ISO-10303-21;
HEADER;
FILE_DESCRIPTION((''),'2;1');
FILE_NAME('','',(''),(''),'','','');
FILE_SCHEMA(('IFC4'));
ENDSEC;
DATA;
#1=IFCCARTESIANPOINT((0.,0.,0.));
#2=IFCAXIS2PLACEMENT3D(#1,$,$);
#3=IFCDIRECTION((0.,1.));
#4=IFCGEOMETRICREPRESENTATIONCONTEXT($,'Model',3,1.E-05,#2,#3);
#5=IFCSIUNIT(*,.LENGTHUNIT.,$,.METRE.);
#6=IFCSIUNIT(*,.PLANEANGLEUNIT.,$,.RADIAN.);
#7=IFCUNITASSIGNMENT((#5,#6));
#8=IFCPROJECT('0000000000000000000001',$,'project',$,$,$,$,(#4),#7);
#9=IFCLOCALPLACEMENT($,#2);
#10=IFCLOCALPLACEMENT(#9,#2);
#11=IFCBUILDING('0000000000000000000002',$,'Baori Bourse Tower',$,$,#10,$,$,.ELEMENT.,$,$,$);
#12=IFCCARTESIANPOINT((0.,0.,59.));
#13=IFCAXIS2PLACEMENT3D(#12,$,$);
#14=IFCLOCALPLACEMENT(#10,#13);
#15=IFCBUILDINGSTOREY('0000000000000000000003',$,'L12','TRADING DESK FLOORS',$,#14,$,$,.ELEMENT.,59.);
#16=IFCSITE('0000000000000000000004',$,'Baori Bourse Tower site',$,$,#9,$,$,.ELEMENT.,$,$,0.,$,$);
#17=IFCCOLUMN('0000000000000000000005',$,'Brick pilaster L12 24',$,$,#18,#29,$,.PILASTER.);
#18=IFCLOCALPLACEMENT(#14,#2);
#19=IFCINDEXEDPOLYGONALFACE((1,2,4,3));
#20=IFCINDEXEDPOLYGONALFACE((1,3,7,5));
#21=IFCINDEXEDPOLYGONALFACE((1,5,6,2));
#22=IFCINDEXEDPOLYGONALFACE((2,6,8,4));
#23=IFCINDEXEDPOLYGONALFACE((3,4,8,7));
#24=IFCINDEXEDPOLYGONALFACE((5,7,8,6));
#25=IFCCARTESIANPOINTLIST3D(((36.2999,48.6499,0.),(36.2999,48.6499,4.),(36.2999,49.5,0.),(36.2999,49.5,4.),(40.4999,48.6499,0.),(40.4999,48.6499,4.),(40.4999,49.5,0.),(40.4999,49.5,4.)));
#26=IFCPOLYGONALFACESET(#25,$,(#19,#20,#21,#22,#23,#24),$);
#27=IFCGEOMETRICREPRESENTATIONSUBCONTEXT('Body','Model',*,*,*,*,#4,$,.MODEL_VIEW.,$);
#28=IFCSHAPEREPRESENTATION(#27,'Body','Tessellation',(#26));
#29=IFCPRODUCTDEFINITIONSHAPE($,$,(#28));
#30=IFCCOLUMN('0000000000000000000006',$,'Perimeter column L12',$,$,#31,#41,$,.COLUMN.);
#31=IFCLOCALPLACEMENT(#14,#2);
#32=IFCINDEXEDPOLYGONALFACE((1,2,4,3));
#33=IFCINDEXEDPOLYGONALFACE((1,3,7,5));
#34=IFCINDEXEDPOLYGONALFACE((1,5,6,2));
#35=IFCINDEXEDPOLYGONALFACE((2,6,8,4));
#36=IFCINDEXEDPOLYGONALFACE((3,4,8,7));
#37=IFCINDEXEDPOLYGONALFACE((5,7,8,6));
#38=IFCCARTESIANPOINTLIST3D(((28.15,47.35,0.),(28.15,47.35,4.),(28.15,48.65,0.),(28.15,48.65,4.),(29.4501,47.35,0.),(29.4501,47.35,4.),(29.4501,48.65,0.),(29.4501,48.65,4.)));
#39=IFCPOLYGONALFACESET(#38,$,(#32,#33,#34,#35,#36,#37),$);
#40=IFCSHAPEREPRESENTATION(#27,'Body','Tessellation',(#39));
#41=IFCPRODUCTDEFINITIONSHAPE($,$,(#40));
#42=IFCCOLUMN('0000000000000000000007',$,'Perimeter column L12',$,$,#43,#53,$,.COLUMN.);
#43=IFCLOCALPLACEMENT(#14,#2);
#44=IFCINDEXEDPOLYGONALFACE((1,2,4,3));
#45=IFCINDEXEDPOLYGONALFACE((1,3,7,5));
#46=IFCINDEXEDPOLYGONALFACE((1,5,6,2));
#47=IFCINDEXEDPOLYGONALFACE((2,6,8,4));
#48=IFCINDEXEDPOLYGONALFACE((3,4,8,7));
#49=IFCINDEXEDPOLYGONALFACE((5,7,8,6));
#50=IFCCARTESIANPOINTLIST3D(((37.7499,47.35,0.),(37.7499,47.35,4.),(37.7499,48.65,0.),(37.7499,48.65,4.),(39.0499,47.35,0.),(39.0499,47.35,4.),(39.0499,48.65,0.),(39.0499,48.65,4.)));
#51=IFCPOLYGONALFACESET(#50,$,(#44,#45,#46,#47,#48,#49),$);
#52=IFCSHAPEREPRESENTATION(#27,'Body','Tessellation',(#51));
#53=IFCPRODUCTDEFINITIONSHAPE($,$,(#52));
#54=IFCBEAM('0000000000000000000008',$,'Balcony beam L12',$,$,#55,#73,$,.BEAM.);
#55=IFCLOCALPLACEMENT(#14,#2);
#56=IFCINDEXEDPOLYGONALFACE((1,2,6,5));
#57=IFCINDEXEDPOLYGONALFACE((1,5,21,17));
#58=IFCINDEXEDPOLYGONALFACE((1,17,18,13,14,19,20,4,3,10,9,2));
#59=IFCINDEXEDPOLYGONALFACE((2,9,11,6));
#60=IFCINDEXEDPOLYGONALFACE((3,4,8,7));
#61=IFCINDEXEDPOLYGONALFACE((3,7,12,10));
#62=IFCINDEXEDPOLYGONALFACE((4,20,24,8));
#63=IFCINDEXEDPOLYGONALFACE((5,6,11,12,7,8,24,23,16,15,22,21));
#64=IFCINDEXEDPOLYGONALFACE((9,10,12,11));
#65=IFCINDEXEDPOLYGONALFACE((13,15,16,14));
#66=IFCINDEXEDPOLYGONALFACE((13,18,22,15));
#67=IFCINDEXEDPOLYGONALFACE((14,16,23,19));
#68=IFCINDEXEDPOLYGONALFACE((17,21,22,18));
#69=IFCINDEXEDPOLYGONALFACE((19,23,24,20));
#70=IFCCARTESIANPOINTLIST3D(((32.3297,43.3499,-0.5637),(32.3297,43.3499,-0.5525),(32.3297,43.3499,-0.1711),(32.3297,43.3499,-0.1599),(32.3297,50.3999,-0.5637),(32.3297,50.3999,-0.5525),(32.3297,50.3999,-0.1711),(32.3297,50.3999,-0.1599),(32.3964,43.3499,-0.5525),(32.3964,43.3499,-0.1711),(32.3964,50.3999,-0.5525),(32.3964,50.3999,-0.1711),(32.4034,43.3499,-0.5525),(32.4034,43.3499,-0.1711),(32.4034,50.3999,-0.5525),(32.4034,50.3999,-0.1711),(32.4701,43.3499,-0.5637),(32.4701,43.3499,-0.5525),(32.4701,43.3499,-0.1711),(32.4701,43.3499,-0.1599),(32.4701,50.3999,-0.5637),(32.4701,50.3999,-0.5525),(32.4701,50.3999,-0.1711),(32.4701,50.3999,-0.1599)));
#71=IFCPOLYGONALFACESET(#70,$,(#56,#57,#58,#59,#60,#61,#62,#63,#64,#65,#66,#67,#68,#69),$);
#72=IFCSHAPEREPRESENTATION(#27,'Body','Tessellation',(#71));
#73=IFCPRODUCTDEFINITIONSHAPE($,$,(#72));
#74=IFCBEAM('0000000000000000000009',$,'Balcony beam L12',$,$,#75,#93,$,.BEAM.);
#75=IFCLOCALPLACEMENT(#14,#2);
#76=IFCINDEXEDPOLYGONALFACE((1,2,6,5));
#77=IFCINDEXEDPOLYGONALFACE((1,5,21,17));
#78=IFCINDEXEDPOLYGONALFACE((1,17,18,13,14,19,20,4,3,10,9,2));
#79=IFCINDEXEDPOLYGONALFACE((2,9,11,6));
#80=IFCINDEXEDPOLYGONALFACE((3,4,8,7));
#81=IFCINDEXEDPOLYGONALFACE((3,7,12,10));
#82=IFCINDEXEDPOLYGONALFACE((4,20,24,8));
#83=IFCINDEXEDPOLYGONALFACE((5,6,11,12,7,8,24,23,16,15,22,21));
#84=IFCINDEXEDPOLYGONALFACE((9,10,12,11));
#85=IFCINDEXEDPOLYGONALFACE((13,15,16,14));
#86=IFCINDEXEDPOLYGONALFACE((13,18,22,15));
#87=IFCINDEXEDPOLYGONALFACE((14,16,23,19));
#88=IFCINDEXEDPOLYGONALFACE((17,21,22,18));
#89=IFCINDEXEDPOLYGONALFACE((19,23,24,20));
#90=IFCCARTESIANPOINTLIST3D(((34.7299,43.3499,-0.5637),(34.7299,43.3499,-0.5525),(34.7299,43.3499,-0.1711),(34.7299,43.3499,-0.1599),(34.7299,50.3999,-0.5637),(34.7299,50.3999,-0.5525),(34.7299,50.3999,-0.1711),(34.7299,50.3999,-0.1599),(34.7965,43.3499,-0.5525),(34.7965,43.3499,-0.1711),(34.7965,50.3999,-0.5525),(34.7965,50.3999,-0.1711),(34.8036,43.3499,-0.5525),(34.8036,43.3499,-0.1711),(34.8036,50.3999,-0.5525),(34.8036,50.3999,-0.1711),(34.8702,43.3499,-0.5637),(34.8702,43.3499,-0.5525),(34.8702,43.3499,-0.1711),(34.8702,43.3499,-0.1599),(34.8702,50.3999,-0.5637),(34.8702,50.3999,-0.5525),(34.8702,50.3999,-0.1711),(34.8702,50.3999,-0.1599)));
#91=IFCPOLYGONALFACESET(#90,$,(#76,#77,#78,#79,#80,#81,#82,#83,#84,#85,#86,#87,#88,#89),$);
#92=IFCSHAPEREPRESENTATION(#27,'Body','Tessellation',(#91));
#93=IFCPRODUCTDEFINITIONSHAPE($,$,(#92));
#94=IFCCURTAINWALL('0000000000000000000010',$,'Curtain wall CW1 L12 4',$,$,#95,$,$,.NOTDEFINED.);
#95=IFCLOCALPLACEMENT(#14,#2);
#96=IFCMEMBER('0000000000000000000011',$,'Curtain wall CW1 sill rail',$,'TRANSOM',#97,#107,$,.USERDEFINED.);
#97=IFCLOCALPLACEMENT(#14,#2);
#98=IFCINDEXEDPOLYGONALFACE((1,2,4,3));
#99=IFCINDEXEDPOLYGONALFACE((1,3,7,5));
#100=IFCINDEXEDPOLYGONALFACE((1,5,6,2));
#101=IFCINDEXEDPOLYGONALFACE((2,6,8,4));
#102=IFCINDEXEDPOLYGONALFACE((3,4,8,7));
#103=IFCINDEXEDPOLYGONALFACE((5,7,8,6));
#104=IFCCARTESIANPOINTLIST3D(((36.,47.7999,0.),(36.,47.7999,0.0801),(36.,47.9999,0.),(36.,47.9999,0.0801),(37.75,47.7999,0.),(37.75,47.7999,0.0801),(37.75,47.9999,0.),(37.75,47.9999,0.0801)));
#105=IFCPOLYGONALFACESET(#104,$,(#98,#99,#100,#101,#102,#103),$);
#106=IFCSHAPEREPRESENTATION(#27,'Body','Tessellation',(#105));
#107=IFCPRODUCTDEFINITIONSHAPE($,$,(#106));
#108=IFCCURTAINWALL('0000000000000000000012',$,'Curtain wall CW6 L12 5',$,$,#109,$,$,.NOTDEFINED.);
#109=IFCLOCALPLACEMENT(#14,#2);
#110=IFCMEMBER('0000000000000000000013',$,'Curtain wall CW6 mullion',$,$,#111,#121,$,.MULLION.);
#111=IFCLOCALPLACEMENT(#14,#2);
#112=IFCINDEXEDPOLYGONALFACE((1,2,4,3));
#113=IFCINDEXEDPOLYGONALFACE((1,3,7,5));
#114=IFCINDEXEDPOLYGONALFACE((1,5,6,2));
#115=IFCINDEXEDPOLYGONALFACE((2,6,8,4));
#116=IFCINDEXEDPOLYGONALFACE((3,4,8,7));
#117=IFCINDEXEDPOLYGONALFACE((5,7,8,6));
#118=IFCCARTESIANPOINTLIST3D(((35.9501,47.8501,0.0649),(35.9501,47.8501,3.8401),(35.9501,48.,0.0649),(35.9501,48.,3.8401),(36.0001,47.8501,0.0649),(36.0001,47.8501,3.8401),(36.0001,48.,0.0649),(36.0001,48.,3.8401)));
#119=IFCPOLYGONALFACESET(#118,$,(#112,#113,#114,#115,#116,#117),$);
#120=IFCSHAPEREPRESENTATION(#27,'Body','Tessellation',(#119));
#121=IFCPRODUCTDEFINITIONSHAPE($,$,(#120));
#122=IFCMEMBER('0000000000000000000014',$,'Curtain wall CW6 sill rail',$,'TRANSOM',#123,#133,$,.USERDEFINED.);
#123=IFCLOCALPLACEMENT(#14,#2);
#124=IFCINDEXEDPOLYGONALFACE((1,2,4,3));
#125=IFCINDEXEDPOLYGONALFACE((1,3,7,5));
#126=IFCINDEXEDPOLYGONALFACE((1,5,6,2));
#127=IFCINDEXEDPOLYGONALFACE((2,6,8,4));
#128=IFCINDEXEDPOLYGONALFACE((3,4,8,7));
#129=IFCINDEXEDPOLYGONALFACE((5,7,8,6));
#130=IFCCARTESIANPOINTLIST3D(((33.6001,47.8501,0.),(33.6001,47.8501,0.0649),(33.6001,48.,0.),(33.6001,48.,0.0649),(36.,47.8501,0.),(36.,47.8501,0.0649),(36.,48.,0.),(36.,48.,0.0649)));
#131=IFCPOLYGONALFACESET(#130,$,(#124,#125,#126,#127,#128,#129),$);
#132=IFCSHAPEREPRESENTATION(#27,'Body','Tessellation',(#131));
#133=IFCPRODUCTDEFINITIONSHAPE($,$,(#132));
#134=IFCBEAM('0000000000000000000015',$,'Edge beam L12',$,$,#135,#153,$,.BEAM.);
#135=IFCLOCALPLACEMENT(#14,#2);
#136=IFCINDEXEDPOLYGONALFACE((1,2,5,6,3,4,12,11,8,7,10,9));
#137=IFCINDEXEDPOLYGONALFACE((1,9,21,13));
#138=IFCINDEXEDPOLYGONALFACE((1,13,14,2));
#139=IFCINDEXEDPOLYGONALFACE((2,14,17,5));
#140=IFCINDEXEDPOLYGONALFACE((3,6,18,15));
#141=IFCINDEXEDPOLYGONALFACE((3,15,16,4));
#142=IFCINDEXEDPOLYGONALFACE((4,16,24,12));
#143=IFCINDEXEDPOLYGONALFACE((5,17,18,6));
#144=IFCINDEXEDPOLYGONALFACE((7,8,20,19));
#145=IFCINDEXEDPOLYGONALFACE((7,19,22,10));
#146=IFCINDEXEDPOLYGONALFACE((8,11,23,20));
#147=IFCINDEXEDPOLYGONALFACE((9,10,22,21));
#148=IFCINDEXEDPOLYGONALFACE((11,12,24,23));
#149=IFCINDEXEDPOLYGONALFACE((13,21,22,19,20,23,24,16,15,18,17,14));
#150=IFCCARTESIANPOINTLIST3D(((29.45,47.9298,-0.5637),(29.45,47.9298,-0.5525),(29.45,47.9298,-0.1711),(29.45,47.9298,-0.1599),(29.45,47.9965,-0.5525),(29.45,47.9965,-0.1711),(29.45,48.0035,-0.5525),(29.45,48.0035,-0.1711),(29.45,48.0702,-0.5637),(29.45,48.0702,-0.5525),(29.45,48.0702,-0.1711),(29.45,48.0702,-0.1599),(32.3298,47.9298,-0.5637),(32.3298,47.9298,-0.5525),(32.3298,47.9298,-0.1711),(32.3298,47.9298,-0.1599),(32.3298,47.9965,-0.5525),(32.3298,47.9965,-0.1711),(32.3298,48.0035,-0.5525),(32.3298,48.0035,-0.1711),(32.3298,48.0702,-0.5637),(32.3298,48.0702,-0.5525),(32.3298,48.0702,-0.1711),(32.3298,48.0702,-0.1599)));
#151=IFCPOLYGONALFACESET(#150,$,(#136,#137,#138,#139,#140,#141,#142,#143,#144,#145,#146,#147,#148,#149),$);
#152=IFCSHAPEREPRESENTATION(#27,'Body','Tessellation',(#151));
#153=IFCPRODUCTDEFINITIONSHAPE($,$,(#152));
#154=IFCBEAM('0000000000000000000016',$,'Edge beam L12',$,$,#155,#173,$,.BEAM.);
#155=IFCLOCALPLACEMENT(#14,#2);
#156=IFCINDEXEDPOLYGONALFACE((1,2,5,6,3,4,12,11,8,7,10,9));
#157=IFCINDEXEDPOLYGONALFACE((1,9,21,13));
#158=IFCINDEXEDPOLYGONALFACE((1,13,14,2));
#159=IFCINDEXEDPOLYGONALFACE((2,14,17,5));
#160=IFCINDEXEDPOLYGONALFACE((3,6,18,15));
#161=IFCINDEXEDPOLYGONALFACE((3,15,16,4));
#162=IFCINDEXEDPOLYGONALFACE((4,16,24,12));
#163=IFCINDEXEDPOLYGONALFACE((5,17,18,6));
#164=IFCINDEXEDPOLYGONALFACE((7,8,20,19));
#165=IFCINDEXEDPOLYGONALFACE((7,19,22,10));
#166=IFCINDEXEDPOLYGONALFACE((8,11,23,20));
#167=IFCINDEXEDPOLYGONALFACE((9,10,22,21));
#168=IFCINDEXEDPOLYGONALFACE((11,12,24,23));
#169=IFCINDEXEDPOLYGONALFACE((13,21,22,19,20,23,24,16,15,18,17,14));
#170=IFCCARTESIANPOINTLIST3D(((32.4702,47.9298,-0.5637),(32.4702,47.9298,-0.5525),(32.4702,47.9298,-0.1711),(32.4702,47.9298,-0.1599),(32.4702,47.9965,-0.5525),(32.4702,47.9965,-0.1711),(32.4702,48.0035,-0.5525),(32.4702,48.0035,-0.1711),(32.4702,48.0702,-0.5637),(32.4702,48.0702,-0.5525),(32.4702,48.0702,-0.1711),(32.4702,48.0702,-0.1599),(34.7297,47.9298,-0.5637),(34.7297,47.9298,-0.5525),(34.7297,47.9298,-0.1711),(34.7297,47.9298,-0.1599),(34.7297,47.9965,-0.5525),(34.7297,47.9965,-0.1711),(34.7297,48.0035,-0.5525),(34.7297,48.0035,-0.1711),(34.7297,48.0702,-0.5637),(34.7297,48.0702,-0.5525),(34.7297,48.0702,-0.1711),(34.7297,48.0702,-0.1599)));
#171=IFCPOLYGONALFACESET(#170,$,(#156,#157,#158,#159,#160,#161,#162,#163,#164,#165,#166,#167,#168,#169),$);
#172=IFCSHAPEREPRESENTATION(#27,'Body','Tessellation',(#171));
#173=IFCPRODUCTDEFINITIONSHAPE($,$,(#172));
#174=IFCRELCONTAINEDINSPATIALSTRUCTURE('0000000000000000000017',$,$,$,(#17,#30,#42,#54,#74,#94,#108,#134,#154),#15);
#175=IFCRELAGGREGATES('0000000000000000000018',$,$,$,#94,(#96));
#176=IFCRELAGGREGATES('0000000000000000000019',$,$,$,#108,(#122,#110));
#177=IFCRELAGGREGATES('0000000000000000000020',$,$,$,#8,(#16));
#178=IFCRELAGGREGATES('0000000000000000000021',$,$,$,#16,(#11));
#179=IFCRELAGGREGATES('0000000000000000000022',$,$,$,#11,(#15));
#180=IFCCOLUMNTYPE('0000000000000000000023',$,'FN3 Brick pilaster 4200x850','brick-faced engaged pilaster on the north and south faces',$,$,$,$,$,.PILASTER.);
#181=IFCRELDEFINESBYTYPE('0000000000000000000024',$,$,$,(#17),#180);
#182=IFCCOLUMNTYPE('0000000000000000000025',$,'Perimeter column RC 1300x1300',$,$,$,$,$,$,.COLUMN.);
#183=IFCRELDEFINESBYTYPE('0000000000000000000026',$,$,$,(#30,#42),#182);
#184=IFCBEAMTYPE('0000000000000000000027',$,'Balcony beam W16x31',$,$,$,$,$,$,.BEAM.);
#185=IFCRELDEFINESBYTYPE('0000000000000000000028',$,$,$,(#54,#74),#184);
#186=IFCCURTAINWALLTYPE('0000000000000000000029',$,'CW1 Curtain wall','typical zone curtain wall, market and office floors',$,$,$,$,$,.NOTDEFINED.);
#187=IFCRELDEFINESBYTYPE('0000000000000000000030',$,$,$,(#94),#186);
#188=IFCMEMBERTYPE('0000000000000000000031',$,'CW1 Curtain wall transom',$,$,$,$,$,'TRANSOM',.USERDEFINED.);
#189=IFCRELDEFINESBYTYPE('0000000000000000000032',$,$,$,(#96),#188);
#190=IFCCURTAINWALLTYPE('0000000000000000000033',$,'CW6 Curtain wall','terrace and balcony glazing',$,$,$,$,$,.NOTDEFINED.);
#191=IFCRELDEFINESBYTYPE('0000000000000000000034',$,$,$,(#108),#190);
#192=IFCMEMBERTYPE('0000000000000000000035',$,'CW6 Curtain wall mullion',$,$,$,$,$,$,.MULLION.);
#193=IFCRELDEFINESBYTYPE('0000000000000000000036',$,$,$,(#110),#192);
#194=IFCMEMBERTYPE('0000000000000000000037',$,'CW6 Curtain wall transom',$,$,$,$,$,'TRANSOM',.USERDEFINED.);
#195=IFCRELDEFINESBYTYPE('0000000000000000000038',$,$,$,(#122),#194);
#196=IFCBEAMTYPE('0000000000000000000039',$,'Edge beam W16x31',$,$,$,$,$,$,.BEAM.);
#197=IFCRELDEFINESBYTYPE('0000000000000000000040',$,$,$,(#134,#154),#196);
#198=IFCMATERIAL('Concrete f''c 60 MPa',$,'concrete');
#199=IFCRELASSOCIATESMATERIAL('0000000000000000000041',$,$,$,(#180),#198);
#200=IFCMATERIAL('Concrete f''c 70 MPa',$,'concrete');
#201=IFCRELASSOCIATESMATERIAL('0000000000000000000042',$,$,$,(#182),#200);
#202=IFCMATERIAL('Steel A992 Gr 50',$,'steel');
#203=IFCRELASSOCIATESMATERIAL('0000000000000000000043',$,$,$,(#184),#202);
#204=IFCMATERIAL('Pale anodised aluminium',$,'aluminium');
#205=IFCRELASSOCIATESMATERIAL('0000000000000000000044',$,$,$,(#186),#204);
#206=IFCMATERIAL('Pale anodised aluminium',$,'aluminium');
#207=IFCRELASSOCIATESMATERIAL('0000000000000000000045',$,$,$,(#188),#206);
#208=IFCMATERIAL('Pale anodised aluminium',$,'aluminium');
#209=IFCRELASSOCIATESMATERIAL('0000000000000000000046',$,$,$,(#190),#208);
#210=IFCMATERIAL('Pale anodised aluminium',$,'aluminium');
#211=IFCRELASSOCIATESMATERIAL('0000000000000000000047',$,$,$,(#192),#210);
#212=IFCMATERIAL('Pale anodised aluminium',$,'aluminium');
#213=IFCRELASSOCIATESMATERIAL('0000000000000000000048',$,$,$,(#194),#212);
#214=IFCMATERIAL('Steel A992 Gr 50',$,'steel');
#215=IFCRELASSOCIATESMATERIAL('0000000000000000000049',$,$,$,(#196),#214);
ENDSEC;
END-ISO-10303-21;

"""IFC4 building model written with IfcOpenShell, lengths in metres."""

from ifc_helpers import new_model, si_unit, direction, frame, origin, origin_2d, place, context, subcontext, project, spatial, rectangle, i_section, extrude, material, material_profile, profile_set, type_object, element, aggregate, save


model = new_model("IFC4")

# Units and contexts
model_context = context("Model", 3, precision=1e-05, world=origin(), true_north=direction((0.0, 1.0)))
body_context = subcontext(model_context, "Body", "Model", "MODEL_VIEW")
ifc_project = project(units=[si_unit("LENGTHUNIT", "METRE"), si_unit("PLANEANGLEUNIT", "RADIAN")], contexts=[model_context])

# Site, building, storey
site_placement = place(None, origin())
site = spatial("IfcSite", under=ifc_project, at=site_placement, Name="Baori Bourse Tower site", CompositionType="ELEMENT", RefElevation=0.0)
building_placement = place(site_placement, origin())
building = spatial("IfcBuilding", under=site, at=building_placement, Name="Baori Bourse Tower", CompositionType="ELEMENT")
storey_placement = place(building_placement, frame((0.0, 0.0, 59.0)))
storey = spatial("IfcBuildingStorey", under=building, at=storey_placement, Name="L12", Description="TRADING DESK FLOORS", CompositionType="ELEMENT", Elevation=59.0)

# Columns
ifc_material_1 = material(Name="Concrete f'c 60 MPa", Category="concrete")
ifc_material_profile_1 = material_profile(ifc_material_1, rectangle(XDim=4.2, YDim=0.8501, at=origin_2d()), Name="RC 4200x850")
ifc_profile_set_1 = profile_set([ifc_material_profile_1], Name="Concrete f'c 60 MPa")
column_type_1 = type_object("IfcColumnType", Name="FN3 Brick pilaster 4200x850", Description="brick-faced engaged pilaster on the north and south faces", PredefinedType="PILASTER", material=ifc_profile_set_1)
column_placement = place(storey_placement, frame((38.3999, 49.075, 0.0), z_axis=(0.0, 0.0, 1.0), x_axis=(1.0, 0.0, 0.0)))
element("IfcColumn", 1, at=column_placement, inside=storey, type_object=column_type_1, Name="Brick pilaster L12 24", PredefinedType="PILASTER", context=body_context, shape_type="SweptSolid", body=[
    extrude(rectangle(XDim=4.2, YDim=0.8501, at=origin_2d()), origin(), (0.0, 0.0, 1.0), 4.0),
])
ifc_material_2 = material(Name="Concrete f'c 70 MPa", Category="concrete")
ifc_material_profile_2 = material_profile(ifc_material_2, rectangle(XDim=1.3, YDim=1.3, at=origin_2d()), Name="RC 1300x1300")
ifc_profile_set_2 = profile_set([ifc_material_profile_2], Name="Concrete f'c 70 MPa")
column_type_2 = type_object("IfcColumnType", Name="Perimeter column RC 1300x1300", PredefinedType="COLUMN", material=ifc_profile_set_2)
for number, where, z_axis, x_axis, name in (
    (2, (28.8, 48.0, 0.0), (0.0, 0.0, 1.0), (1.0, 0.0, 0.0), "Perimeter column L12"),
    (3, (38.3999, 48.0, 0.0), (0.0, 0.0, 1.0), (1.0, 0.0, 0.0), "Perimeter column L12"),
):
    element("IfcColumn", number, at=place(storey_placement, frame(where, z_axis=z_axis, x_axis=x_axis)), inside=storey, type_object=column_type_2, Name=name, PredefinedType="COLUMN", context=body_context, shape_type="SweptSolid", body=[
        extrude(rectangle(XDim=1.3, YDim=1.3, at=origin_2d()), origin(), (0.0, 0.0, 1.0), 4.0),
    ])

# Beams
ifc_material_3 = material(Name="Steel A992 Gr 50", Category="steel")
ifc_material_profile_3 = material_profile(ifc_material_3, i_section(OverallWidth=0.1404, OverallDepth=0.4038, WebThickness=0.0071, FlangeThickness=0.0112, at=origin_2d()), Name="W16x31")
ifc_profile_set_3 = profile_set([ifc_material_profile_3], Name="Steel A992 Gr 50")
beam_type_1 = type_object("IfcBeamType", Name="Balcony beam W16x31", PredefinedType="BEAM", material=ifc_profile_set_3)
for number, where, z_axis, x_axis, name in (
    (4, (32.3999, 50.3999, -0.3618), (0.0, -1.0, 0.0), (1.0, 0.0, 0.0), "Balcony beam L12"),
    (5, (34.8, 50.3999, -0.3618), (0.0, -1.0, 0.0), (1.0, 0.0, 0.0), "Balcony beam L12"),
):
    element("IfcBeam", number, at=place(storey_placement, frame(where, z_axis=z_axis, x_axis=x_axis)), inside=storey, type_object=beam_type_1, Name=name, PredefinedType="BEAM", context=body_context, shape_type="SweptSolid", body=[
        extrude(i_section(OverallWidth=0.1404, OverallDepth=0.4038, WebThickness=0.0071, FlangeThickness=0.0112, at=origin_2d()), origin(), (0.0, 0.0, 1.0), 7.05),
    ])

# Curtain wall, member
ifc_material_4 = material(Name="Pale anodised aluminium", Category="aluminium")
curtain_wall_type_1 = type_object("IfcCurtainWallType", Name="CW1 Curtain wall", Description="typical zone curtain wall, market and office floors", PredefinedType="NOTDEFINED", material=ifc_material_4)
curtain_wall_1_placement = place(storey_placement, origin())
curtain_wall_1 = element("IfcCurtainWall", 6, at=curtain_wall_1_placement, inside=storey, type_object=curtain_wall_type_1, Name="Curtain wall CW1 L12 4", PredefinedType="NOTDEFINED")
ifc_material_5 = material(Name="Pale anodised aluminium", Category="aluminium")
ifc_material_profile_4 = material_profile(ifc_material_5, rectangle(XDim=0.2, YDim=0.0801, at=origin_2d()), Name="Transom 80x200")
ifc_profile_set_4 = profile_set([ifc_material_profile_4], Name="Pale anodised aluminium")
member_type_1 = type_object("IfcMemberType", Name="CW1 Curtain wall transom", ElementType="TRANSOM", PredefinedType="USERDEFINED", material=ifc_profile_set_4)
member_1_placement = place(storey_placement, frame((37.75, 47.8999, 0.04), z_axis=(-1.0, 0.0, 0.0), x_axis=(0.0, -1.0, 0.0)))
member_1 = element("IfcMember", 7, at=member_1_placement, type_object=member_type_1, Name="Curtain wall CW1 sill rail", ObjectType="TRANSOM", PredefinedType="USERDEFINED", context=body_context, shape_type="SweptSolid", body=[
    extrude(rectangle(XDim=0.2, YDim=0.0801, at=origin_2d()), origin(), (0.0, 0.0, 1.0), 1.75),
])

# Curtain wall, members
ifc_material_6 = material(Name="Pale anodised aluminium", Category="aluminium")
curtain_wall_type_2 = type_object("IfcCurtainWallType", Name="CW6 Curtain wall", Description="terrace and balcony glazing", PredefinedType="NOTDEFINED", material=ifc_material_6)
curtain_wall_2_placement = place(storey_placement, origin())
curtain_wall_2 = element("IfcCurtainWall", 8, at=curtain_wall_2_placement, inside=storey, type_object=curtain_wall_type_2, Name="Curtain wall CW6 L12 5", PredefinedType="NOTDEFINED")
ifc_material_7 = material(Name="Pale anodised aluminium", Category="aluminium")
ifc_material_profile_5 = material_profile(ifc_material_7, rectangle(XDim=0.1499, YDim=0.05, at=origin_2d()), Name="Mullion 50x150")
ifc_profile_set_5 = profile_set([ifc_material_profile_5], Name="Pale anodised aluminium")
member_type_2 = type_object("IfcMemberType", Name="CW6 Curtain wall mullion", PredefinedType="MULLION", material=ifc_profile_set_5)
member_2_placement = place(storey_placement, frame((35.9751, 47.925, 0.0649), z_axis=(0.0, 0.0, 1.0), x_axis=(0.0, -1.0, 0.0)))
member_2 = element("IfcMember", 9, at=member_2_placement, type_object=member_type_2, Name="Curtain wall CW6 mullion", PredefinedType="MULLION", context=body_context, shape_type="SweptSolid", body=[
    extrude(rectangle(XDim=0.1499, YDim=0.05, at=origin_2d()), origin(), (0.0, 0.0, 1.0), 3.7751),
])
ifc_material_8 = material(Name="Pale anodised aluminium", Category="aluminium")
ifc_material_profile_6 = material_profile(ifc_material_8, rectangle(XDim=0.1499, YDim=0.0649, at=origin_2d()), Name="Transom 65x150")
ifc_profile_set_6 = profile_set([ifc_material_profile_6], Name="Pale anodised aluminium")
member_type_3 = type_object("IfcMemberType", Name="CW6 Curtain wall transom", ElementType="TRANSOM", PredefinedType="USERDEFINED", material=ifc_profile_set_6)
member_3_placement = place(storey_placement, frame((36.0, 47.925, 0.0325), z_axis=(-1.0, 0.0, 0.0), x_axis=(0.0, -1.0, 0.0)))
member_3 = element("IfcMember", 10, at=member_3_placement, type_object=member_type_3, Name="Curtain wall CW6 sill rail", ObjectType="TRANSOM", PredefinedType="USERDEFINED", context=body_context, shape_type="SweptSolid", body=[
    extrude(rectangle(XDim=0.1499, YDim=0.0649, at=origin_2d()), origin(), (0.0, 0.0, 1.0), 2.3999),
])

# Beams
ifc_material_9 = material(Name="Steel A992 Gr 50", Category="steel")
ifc_material_profile_7 = material_profile(ifc_material_9, i_section(OverallWidth=0.1404, OverallDepth=0.4038, WebThickness=0.0071, FlangeThickness=0.0112, at=origin_2d()), Name="W16x31")
ifc_profile_set_7 = profile_set([ifc_material_profile_7], Name="Steel A992 Gr 50")
beam_type_2 = type_object("IfcBeamType", Name="Edge beam W16x31", PredefinedType="BEAM", material=ifc_profile_set_7)
beam_1_placement = place(storey_placement, frame((29.45, 48.0, -0.3618), z_axis=(1.0, 0.0, 0.0), x_axis=(0.0, 1.0, 0.0)))
element("IfcBeam", 11, at=beam_1_placement, inside=storey, type_object=beam_type_2, Name="Edge beam L12", PredefinedType="BEAM", context=body_context, shape_type="SweptSolid", body=[
    extrude(i_section(OverallWidth=0.1404, OverallDepth=0.4038, WebThickness=0.0071, FlangeThickness=0.0112, at=origin_2d()), origin(), (0.0, 0.0, 1.0), 2.8799),
])
beam_2_placement = place(storey_placement, frame((32.4702, 48.0, -0.3618), z_axis=(1.0, 0.0, 0.0), x_axis=(0.0, 1.0, 0.0)))
element("IfcBeam", 12, at=beam_2_placement, inside=storey, type_object=beam_type_2, Name="Edge beam L12", PredefinedType="BEAM", context=body_context, shape_type="SweptSolid", body=[
    extrude(i_section(OverallWidth=0.1404, OverallDepth=0.4038, WebThickness=0.0071, FlangeThickness=0.0112, at=origin_2d()), origin(), (0.0, 0.0, 1.0), 2.2595),
])

aggregate(curtain_wall_1, [member_1])
aggregate(curtain_wall_2, [member_3, member_2])

save(model, "model.ifc")
